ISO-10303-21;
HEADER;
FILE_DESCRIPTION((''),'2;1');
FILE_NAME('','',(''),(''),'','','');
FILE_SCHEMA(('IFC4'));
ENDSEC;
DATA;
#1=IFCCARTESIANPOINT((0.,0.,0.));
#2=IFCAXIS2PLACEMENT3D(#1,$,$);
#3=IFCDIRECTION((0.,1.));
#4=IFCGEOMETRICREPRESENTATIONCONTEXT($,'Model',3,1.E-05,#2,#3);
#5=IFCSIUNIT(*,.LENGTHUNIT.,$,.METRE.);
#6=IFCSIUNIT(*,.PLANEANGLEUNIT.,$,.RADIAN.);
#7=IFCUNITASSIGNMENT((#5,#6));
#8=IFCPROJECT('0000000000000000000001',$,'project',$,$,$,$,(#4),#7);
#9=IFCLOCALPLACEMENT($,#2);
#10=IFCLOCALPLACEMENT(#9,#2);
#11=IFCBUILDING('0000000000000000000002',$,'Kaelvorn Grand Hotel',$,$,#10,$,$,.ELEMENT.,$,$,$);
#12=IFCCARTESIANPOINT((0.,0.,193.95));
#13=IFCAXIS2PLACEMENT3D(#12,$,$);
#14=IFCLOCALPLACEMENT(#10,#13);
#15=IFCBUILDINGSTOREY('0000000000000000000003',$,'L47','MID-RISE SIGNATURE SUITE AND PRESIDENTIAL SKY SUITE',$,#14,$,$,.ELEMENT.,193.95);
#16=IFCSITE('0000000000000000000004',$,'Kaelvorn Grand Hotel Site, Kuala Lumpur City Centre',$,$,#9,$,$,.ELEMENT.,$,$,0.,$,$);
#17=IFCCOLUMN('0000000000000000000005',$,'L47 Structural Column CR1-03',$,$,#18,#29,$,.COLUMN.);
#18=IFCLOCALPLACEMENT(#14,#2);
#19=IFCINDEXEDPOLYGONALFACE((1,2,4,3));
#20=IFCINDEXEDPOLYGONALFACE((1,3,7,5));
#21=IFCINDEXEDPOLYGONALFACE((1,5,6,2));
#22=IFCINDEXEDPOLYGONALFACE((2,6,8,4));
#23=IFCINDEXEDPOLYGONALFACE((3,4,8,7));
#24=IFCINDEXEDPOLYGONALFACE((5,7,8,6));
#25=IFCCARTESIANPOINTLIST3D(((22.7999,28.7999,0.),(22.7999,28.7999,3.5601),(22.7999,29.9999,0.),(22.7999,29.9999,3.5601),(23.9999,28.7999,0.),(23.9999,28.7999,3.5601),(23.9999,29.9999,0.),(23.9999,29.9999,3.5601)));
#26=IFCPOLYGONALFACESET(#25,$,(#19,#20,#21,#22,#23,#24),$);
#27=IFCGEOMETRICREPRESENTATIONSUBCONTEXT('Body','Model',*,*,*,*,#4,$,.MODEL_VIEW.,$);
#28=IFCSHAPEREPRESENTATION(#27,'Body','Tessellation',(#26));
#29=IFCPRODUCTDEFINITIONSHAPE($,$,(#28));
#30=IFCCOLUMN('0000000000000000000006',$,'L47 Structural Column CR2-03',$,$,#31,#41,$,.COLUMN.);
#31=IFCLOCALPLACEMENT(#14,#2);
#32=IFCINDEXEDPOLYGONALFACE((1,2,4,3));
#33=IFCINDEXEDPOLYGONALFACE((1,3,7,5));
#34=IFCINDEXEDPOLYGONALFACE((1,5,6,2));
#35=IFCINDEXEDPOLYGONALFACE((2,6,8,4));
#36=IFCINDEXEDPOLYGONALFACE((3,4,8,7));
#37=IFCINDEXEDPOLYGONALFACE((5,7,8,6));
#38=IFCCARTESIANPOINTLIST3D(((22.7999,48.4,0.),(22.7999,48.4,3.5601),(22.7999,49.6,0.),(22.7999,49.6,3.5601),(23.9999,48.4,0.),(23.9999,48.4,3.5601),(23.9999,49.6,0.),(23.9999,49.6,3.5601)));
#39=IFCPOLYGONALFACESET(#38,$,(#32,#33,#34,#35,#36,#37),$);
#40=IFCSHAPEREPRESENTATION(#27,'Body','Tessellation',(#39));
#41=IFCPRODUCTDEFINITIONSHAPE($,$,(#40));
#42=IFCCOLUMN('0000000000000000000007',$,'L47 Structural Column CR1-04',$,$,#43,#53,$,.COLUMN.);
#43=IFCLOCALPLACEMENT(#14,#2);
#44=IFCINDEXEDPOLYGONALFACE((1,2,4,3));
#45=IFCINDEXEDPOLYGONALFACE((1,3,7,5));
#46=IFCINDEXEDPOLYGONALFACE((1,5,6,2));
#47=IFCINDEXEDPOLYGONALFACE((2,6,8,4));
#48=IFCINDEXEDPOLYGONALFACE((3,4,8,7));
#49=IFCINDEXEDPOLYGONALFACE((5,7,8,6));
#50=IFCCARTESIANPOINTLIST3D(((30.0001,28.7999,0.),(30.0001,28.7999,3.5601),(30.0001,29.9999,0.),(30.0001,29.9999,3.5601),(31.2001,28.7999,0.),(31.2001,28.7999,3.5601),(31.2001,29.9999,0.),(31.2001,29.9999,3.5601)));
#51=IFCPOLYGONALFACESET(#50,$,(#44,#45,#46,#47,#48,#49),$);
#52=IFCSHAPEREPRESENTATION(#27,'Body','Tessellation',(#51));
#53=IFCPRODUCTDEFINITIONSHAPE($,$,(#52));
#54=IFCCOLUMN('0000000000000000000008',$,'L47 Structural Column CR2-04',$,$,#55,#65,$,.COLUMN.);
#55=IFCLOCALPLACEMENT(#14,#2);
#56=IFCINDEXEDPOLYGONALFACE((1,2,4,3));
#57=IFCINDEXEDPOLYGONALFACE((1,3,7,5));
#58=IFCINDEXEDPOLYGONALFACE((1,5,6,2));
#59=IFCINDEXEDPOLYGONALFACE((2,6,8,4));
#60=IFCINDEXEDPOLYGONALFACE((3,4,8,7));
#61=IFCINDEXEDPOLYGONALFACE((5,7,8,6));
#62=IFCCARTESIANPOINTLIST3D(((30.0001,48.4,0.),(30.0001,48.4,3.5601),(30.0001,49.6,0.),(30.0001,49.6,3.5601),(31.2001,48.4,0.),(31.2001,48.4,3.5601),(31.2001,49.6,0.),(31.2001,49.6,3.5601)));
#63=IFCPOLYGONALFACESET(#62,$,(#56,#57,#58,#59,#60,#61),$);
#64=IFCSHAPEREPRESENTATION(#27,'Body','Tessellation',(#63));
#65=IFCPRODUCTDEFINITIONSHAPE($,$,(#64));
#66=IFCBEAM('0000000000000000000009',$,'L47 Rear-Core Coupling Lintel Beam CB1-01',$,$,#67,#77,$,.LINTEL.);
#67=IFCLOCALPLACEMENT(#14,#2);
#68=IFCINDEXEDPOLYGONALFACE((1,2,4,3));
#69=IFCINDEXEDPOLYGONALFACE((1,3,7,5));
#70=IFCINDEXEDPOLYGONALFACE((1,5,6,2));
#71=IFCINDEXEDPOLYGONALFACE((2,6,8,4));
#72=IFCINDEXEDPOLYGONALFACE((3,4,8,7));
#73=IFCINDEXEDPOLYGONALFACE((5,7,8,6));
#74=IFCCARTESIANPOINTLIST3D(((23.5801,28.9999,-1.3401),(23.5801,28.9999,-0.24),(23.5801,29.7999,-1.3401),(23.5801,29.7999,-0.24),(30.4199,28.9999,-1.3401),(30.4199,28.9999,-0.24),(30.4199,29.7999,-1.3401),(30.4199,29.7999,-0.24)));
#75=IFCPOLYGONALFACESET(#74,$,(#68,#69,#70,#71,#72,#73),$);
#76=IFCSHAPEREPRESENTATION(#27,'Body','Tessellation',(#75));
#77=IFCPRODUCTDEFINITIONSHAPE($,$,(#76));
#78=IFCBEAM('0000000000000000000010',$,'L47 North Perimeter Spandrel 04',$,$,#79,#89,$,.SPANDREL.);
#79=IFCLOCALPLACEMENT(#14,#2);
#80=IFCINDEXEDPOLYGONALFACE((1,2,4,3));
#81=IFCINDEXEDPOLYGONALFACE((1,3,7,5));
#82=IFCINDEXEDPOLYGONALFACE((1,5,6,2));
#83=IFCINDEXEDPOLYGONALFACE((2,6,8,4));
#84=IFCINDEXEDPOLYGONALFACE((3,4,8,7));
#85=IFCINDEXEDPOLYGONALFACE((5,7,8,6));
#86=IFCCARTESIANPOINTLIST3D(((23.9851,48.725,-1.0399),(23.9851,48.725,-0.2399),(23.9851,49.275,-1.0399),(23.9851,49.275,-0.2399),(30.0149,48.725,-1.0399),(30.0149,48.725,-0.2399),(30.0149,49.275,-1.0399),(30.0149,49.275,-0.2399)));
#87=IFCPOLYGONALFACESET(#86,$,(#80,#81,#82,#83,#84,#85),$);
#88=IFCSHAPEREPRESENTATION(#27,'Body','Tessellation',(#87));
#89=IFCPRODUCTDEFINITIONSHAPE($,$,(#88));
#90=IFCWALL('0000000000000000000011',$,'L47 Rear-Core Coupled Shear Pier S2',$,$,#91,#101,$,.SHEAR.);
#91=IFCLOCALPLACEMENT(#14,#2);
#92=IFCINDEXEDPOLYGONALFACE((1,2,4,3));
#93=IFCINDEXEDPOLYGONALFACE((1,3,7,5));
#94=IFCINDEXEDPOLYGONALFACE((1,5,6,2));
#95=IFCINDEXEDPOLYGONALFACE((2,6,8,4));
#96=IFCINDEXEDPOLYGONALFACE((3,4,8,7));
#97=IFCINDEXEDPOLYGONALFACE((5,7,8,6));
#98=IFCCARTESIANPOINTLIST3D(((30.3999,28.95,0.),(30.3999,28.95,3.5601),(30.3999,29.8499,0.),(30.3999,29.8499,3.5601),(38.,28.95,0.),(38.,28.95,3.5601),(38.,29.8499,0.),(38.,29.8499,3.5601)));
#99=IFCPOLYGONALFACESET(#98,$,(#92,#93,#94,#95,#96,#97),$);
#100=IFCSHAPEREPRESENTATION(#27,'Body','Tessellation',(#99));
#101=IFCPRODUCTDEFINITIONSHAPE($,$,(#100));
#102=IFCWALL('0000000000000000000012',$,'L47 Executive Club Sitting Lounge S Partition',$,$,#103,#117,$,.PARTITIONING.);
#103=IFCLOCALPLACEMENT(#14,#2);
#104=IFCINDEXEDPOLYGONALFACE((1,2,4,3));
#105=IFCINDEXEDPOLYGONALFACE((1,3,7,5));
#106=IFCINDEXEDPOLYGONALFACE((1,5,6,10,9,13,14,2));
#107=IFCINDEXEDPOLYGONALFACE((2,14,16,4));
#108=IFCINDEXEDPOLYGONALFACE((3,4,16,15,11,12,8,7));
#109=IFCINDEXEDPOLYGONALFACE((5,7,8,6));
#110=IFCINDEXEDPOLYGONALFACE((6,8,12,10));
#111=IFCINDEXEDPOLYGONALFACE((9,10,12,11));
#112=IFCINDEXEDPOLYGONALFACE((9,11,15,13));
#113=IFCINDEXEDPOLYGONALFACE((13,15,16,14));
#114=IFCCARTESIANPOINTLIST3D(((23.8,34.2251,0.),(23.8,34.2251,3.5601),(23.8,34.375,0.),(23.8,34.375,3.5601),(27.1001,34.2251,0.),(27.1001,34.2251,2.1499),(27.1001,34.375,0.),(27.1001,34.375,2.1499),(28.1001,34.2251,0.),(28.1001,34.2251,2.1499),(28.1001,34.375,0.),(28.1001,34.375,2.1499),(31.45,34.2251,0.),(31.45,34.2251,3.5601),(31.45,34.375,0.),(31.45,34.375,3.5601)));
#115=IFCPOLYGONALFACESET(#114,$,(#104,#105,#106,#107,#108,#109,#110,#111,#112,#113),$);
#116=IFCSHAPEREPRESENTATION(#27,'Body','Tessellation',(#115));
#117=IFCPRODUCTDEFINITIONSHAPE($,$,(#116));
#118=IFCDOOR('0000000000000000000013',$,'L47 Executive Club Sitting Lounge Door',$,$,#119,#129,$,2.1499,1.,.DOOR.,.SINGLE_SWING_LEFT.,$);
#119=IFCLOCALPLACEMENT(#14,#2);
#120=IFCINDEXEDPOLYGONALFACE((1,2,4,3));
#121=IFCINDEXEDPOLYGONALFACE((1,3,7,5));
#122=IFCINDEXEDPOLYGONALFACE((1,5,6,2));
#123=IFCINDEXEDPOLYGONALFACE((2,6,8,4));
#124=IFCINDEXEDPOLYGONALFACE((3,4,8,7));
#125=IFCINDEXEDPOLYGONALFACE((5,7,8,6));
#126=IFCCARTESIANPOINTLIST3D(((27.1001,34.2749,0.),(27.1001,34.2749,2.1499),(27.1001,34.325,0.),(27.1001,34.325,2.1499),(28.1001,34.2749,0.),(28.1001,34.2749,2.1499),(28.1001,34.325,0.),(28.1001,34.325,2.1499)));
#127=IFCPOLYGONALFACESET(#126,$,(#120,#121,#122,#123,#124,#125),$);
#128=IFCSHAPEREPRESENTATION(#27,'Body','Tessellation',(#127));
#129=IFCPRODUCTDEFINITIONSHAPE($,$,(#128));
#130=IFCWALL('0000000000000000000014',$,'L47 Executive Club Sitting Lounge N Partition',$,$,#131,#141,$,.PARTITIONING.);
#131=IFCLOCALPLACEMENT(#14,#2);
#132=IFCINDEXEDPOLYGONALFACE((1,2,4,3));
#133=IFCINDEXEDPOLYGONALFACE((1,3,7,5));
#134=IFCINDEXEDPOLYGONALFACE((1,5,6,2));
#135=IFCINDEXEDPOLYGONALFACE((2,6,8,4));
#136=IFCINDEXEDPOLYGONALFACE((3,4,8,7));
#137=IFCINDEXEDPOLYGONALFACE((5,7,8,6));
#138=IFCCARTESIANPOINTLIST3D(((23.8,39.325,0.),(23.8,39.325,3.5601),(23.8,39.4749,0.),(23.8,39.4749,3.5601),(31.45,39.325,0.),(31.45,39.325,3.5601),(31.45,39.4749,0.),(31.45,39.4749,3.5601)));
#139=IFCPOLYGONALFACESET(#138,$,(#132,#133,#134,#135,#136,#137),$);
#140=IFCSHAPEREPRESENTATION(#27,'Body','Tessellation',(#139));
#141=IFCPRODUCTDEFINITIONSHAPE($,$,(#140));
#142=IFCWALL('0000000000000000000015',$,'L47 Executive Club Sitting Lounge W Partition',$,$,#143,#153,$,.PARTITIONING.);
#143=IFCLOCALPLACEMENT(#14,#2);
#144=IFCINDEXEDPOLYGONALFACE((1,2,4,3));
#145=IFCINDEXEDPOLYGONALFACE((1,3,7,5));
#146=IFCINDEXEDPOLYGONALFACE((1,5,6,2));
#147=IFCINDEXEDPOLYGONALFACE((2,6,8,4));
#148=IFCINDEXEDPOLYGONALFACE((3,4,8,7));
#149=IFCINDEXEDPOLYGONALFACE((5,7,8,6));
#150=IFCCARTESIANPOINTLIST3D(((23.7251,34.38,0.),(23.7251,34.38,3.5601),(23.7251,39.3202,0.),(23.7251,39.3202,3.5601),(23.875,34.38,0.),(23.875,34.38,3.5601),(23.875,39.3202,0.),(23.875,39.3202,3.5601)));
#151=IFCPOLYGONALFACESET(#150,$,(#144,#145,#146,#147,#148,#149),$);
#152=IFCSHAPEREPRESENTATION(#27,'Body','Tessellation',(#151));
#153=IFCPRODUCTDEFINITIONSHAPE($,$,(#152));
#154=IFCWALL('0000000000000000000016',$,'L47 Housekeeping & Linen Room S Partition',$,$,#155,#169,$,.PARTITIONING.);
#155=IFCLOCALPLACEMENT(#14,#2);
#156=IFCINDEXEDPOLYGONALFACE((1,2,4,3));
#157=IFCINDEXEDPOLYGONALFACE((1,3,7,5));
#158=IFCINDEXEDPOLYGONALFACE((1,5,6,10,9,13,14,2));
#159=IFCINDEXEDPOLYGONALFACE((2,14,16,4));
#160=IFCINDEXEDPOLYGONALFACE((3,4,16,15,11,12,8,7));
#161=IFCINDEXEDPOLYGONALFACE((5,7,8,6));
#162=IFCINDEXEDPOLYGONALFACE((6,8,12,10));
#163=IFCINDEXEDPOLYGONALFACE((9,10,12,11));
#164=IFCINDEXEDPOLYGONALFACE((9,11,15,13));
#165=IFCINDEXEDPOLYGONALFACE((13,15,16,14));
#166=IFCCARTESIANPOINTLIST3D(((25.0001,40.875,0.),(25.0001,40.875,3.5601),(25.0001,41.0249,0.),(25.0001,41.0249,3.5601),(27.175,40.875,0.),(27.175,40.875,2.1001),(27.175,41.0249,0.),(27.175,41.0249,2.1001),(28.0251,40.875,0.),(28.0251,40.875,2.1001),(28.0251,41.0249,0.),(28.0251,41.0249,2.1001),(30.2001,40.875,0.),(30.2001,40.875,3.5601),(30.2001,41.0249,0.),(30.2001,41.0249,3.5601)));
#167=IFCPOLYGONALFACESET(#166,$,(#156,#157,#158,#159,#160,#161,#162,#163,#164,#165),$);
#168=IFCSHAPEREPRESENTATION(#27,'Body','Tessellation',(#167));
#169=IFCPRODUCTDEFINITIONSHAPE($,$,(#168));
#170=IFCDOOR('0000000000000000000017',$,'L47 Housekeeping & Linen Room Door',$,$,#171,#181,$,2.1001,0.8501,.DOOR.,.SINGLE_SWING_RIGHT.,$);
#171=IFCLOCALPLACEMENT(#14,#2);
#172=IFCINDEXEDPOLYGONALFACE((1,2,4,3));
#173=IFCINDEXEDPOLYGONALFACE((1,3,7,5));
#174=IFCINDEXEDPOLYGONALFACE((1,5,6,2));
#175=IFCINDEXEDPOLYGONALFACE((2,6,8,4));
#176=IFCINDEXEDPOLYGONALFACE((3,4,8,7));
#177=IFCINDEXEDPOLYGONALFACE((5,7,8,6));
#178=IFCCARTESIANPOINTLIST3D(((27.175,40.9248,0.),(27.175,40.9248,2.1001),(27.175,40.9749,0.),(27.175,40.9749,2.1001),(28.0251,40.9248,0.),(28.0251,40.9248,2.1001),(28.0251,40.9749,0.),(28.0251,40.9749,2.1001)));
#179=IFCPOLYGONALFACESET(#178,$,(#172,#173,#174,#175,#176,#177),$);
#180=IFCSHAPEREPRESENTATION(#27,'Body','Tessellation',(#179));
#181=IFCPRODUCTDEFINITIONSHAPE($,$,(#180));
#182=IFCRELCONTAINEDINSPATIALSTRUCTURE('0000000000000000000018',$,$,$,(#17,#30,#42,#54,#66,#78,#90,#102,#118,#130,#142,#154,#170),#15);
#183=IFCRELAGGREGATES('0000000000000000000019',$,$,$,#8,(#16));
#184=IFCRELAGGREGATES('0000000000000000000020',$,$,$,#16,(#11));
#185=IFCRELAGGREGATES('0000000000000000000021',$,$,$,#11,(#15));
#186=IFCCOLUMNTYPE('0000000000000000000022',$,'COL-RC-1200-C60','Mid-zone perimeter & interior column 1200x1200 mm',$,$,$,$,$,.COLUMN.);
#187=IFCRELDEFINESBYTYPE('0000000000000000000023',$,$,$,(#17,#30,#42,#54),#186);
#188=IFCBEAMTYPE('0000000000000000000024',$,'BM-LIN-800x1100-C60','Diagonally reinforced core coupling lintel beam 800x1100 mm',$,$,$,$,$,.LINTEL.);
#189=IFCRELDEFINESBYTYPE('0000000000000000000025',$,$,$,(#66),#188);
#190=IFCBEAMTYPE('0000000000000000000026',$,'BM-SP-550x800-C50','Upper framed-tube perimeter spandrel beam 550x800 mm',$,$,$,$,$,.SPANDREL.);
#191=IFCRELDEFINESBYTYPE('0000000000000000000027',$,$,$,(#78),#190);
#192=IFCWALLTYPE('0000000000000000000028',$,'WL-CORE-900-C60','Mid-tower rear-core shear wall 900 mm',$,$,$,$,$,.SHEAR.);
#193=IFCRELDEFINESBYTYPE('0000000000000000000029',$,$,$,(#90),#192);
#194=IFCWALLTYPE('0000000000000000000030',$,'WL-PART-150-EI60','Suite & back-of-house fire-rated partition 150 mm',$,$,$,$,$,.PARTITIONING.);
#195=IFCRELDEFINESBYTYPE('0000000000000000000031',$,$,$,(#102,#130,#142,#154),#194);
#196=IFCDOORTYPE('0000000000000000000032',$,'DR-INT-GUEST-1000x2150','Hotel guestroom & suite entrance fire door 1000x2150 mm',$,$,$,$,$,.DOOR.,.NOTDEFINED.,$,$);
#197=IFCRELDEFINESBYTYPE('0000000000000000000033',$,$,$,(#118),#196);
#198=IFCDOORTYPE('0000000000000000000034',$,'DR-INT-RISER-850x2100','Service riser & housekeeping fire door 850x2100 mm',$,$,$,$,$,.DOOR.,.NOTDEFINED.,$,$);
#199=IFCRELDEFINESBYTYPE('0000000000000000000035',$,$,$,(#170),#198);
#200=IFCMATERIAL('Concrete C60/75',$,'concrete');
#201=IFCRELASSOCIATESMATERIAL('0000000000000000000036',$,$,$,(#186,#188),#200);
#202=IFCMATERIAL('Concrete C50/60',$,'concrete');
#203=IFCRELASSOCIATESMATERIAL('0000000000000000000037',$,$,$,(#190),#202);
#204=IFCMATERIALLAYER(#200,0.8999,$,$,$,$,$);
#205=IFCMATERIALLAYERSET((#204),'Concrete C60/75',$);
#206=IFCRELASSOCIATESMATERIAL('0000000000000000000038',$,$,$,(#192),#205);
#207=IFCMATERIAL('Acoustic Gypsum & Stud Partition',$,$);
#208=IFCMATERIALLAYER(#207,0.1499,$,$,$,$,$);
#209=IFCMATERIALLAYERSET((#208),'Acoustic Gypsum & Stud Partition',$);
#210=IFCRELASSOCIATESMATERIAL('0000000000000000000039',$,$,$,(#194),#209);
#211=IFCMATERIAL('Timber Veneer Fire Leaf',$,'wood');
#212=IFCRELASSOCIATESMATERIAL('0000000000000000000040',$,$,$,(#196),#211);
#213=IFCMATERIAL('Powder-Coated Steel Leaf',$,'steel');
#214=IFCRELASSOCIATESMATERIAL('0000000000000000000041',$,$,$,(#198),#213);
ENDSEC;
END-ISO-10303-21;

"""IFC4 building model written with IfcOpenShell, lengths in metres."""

from ifc_helpers import new_model, si_unit, direction, frame, frame_2d, origin, origin_2d, place, context, subcontext, project, spatial, rectangle, extrude, material, layer, layer_set, material_profile, profile_set, type_object, element, fill, save


model = new_model("IFC4")

# Units and contexts
model_context = context("Model", 3, precision=1e-05, world=origin(), true_north=direction((0.0, 1.0)))
body_context = subcontext(model_context, "Body", "Model", "MODEL_VIEW")
ifc_project = project(units=[si_unit("LENGTHUNIT", "METRE"), si_unit("PLANEANGLEUNIT", "RADIAN")], contexts=[model_context])

# Site, building, storey
site_placement = place(None, origin())
site = spatial("IfcSite", under=ifc_project, at=site_placement, Name="Kaelvorn Grand Hotel Site, Kuala Lumpur City Centre", CompositionType="ELEMENT", RefElevation=0.0)
building_placement = place(site_placement, origin())
building = spatial("IfcBuilding", under=site, at=building_placement, Name="Kaelvorn Grand Hotel", CompositionType="ELEMENT")
storey_placement = place(building_placement, frame((0.0, 0.0, 193.95)))
storey = spatial("IfcBuildingStorey", under=building, at=storey_placement, Name="L47", Description="MID-RISE SIGNATURE SUITE AND PRESIDENTIAL SKY SUITE", CompositionType="ELEMENT", Elevation=193.95)

# Columns
ifc_material_1 = material(Name="Concrete C60/75", Category="concrete")
ifc_material_profile_1 = material_profile(ifc_material_1, rectangle(XDim=1.2, YDim=1.2, at=origin_2d()), Name="RC COL 1200x1200")
ifc_profile_set_1 = profile_set([ifc_material_profile_1], Name="Concrete C60/75")
column_type = type_object("IfcColumnType", Name="COL-RC-1200-C60", Description="Mid-zone perimeter & interior column 1200x1200 mm", PredefinedType="COLUMN", material=ifc_profile_set_1)
for number, where, z_axis, x_axis, name in (
    (1, (23.3999, 29.3999, 0.0), (0.0, 0.0, 1.0), (1.0, 0.0, 0.0), "L47 Structural Column CR1-03"),
    (2, (23.3999, 49.0, 0.0), (0.0, 0.0, 1.0), (1.0, 0.0, 0.0), "L47 Structural Column CR2-03"),
    (3, (30.6001, 29.3999, 0.0), (0.0, 0.0, 1.0), (1.0, 0.0, 0.0), "L47 Structural Column CR1-04"),
    (4, (30.6001, 49.0, 0.0), (0.0, 0.0, 1.0), (1.0, 0.0, 0.0), "L47 Structural Column CR2-04"),
):
    element("IfcColumn", number, at=place(storey_placement, frame(where, z_axis=z_axis, x_axis=x_axis)), inside=storey, type_object=column_type, Name=name, PredefinedType="COLUMN", context=body_context, shape_type="SweptSolid", body=[
        extrude(rectangle(XDim=1.2, YDim=1.2, at=origin_2d()), origin(), (0.0, 0.0, 1.0), 3.5601),
    ])

# Beams
ifc_material_profile_2 = material_profile(ifc_material_1, rectangle(XDim=0.8, YDim=1.1001, at=origin_2d()), Name="RC LINTEL 800x1100")
ifc_profile_set_2 = profile_set([ifc_material_profile_2], Name="Concrete C60/75")
beam_type_1 = type_object("IfcBeamType", Name="BM-LIN-800x1100-C60", Description="Diagonally reinforced core coupling lintel beam 800x1100 mm", PredefinedType="LINTEL", material=ifc_profile_set_2)
beam_1_placement = place(storey_placement, frame((23.5801, 29.3999, -0.79), z_axis=(1.0, 0.0, 0.0), x_axis=(0.0, 1.0, 0.0)))
element("IfcBeam", 5, at=beam_1_placement, inside=storey, type_object=beam_type_1, Name="L47 Rear-Core Coupling Lintel Beam CB1-01", PredefinedType="LINTEL", context=body_context, shape_type="SweptSolid", body=[
    extrude(rectangle(XDim=0.8, YDim=1.1001, at=origin_2d()), origin(), (0.0, 0.0, 1.0), 6.8398),
])
ifc_material_2 = material(Name="Concrete C50/60", Category="concrete")
ifc_material_profile_3 = material_profile(ifc_material_2, rectangle(XDim=0.55, YDim=0.8, at=origin_2d()), Name="RC SPANDREL 550x800")
ifc_profile_set_3 = profile_set([ifc_material_profile_3], Name="Concrete C50/60")
beam_type_2 = type_object("IfcBeamType", Name="BM-SP-550x800-C50", Description="Upper framed-tube perimeter spandrel beam 550x800 mm", PredefinedType="SPANDREL", material=ifc_profile_set_3)
beam_2_placement = place(storey_placement, frame((23.9851, 49.0, -0.6399), z_axis=(1.0, 0.0, 0.0), x_axis=(0.0, 1.0, 0.0)))
element("IfcBeam", 6, at=beam_2_placement, inside=storey, type_object=beam_type_2, Name="L47 North Perimeter Spandrel 04", PredefinedType="SPANDREL", context=body_context, shape_type="SweptSolid", body=[
    extrude(rectangle(XDim=0.55, YDim=0.8, at=origin_2d()), origin(), (0.0, 0.0, 1.0), 6.0298),
])

# Wall
ifc_layer_1 = layer(ifc_material_1, 0.8999)
ifc_layer_set_1 = layer_set([ifc_layer_1], Name="Concrete C60/75")
wall_type_1 = type_object("IfcWallType", Name="WL-CORE-900-C60", Description="Mid-tower rear-core shear wall 900 mm", PredefinedType="SHEAR", material=ifc_layer_set_1)
wall_1_placement = place(storey_placement, frame((30.3999, 29.3999, 0.0), z_axis=(0.0, 0.0, 1.0), x_axis=(1.0, 0.0, 0.0)))
element("IfcWall", 7, at=wall_1_placement, inside=storey, type_object=wall_type_1, Name="L47 Rear-Core Coupled Shear Pier S2", PredefinedType="SHEAR", context=body_context, shape_type="SweptSolid", body=[
    extrude(rectangle(XDim=7.6001, YDim=0.8999, at=frame_2d((3.8, 0.0))), origin(), (0.0, 0.0, 1.0), 3.5601),
])

# Wall, opening, door
ifc_material_3 = material(Name="Acoustic Gypsum & Stud Partition")
ifc_layer_2 = layer(ifc_material_3, 0.1499)
ifc_layer_set_2 = layer_set([ifc_layer_2], Name="Acoustic Gypsum & Stud Partition")
wall_type_2 = type_object("IfcWallType", Name="WL-PART-150-EI60", Description="Suite & back-of-house fire-rated partition 150 mm", PredefinedType="PARTITIONING", material=ifc_layer_set_2)
wall_2_placement = place(storey_placement, frame((23.8, 34.3, 0.0), z_axis=(0.0, 0.0, 1.0), x_axis=(1.0, 0.0, 0.0)))
wall_2 = element("IfcWall", 8, at=wall_2_placement, inside=storey, type_object=wall_type_2, Name="L47 Executive Club Sitting Lounge S Partition", PredefinedType="PARTITIONING", context=body_context, shape_type="SweptSolid", body=[
    extrude(rectangle(XDim=7.6499, YDim=0.1499, at=frame_2d((3.825, 0.0))), origin(), (0.0, 0.0, 1.0), 3.5601),
])
opening_1_placement = place(wall_2_placement, frame((3.3, 0.0, 0.0)))
opening_1 = element("IfcOpeningElement", 9, at=opening_1_placement, cuts=wall_2, PredefinedType="OPENING", context=body_context, shape_type="SweptSolid", body=[
    extrude(rectangle(XDim=1.0, YDim=2.1499, at=frame_2d((0.5, 1.075))), frame((0.0, 0.085, 0.0), z_axis=(0.0, -1.0, 0.0), x_axis=(1.0, 0.0, 0.0)), (0.0, 0.0, 1.0), 0.1699),
])
ifc_material_4 = material(Name="Timber Veneer Fire Leaf", Category="wood")
door_type_1 = type_object("IfcDoorType", Name="DR-INT-GUEST-1000x2150", Description="Hotel guestroom & suite entrance fire door 1000x2150 mm", OperationType="NOTDEFINED", PredefinedType="DOOR", material=ifc_material_4)
door_1_placement = place(opening_1_placement, origin())
door_1 = element("IfcDoor", 10, at=door_1_placement, inside=storey, type_object=door_type_1, Name="L47 Executive Club Sitting Lounge Door", OperationType="SINGLE_SWING_LEFT", OverallHeight=2.1499, OverallWidth=1.0, PredefinedType="DOOR", context=body_context, shape_type="SweptSolid", body=[
    extrude(rectangle(XDim=1.0, YDim=2.1499, at=frame_2d((0.5, 1.075))), frame((0.0, 0.0249, 0.0), z_axis=(0.0, -1.0, 0.0), x_axis=(1.0, 0.0, 0.0)), (0.0, 0.0, 1.0), 0.05),
])
fill(opening_1, door_1)

# Walls
wall_3_placement = place(storey_placement, frame((23.8, 39.3999, 0.0), z_axis=(0.0, 0.0, 1.0), x_axis=(1.0, 0.0, 0.0)))
element("IfcWall", 11, at=wall_3_placement, inside=storey, type_object=wall_type_2, Name="L47 Executive Club Sitting Lounge N Partition", PredefinedType="PARTITIONING", context=body_context, shape_type="SweptSolid", body=[
    extrude(rectangle(XDim=7.6499, YDim=0.1499, at=frame_2d((3.825, 0.0))), origin(), (0.0, 0.0, 1.0), 3.5601),
])
wall_4_placement = place(storey_placement, frame((23.8, 34.3799, 0.0), z_axis=(0.0, 0.0, 1.0), x_axis=(0.0, 1.0, 0.0)))
element("IfcWall", 12, at=wall_4_placement, inside=storey, type_object=wall_type_2, Name="L47 Executive Club Sitting Lounge W Partition", PredefinedType="PARTITIONING", context=body_context, shape_type="SweptSolid", body=[
    extrude(rectangle(XDim=4.9402, YDim=0.1499, at=frame_2d((2.4702, 0.0))), origin(), (0.0, 0.0, 1.0), 3.5601),
])

# Wall, opening, door
wall_5_placement = place(storey_placement, frame((25.0, 40.95, 0.0), z_axis=(0.0, 0.0, 1.0), x_axis=(1.0, 0.0, 0.0)))
wall_5 = element("IfcWall", 13, at=wall_5_placement, inside=storey, type_object=wall_type_2, Name="L47 Housekeeping & Linen Room S Partition", PredefinedType="PARTITIONING", context=body_context, shape_type="SweptSolid", body=[
    extrude(rectangle(XDim=5.2, YDim=0.1499, at=frame_2d((2.6001, 0.0))), origin(), (0.0, 0.0, 1.0), 3.5601),
])
opening_2_placement = place(wall_5_placement, frame((2.175, 0.0, 0.0)))
opening_2 = element("IfcOpeningElement", 14, at=opening_2_placement, cuts=wall_5, PredefinedType="OPENING", context=body_context, shape_type="SweptSolid", body=[
    extrude(rectangle(XDim=0.8501, YDim=2.1001, at=frame_2d((0.425, 1.05))), frame((0.0, 0.085, 0.0), z_axis=(0.0, -1.0, 0.0), x_axis=(1.0, 0.0, 0.0)), (0.0, 0.0, 1.0), 0.1699),
])
ifc_material_5 = material(Name="Powder-Coated Steel Leaf", Category="steel")
door_type_2 = type_object("IfcDoorType", Name="DR-INT-RISER-850x2100", Description="Service riser & housekeeping fire door 850x2100 mm", OperationType="NOTDEFINED", PredefinedType="DOOR", material=ifc_material_5)
door_2_placement = place(opening_2_placement, origin())
door_2 = element("IfcDoor", 15, at=door_2_placement, inside=storey, type_object=door_type_2, Name="L47 Housekeeping & Linen Room Door", OperationType="SINGLE_SWING_RIGHT", OverallHeight=2.1001, OverallWidth=0.8501, PredefinedType="DOOR", context=body_context, shape_type="SweptSolid", body=[
    extrude(rectangle(XDim=0.8501, YDim=2.1001, at=frame_2d((0.425, 1.05))), frame((0.0, 0.0249, 0.0), z_axis=(0.0, -1.0, 0.0), x_axis=(1.0, 0.0, 0.0)), (0.0, 0.0, 1.0), 0.05),
])
fill(opening_2, door_2)

save(model, "model.ifc")
